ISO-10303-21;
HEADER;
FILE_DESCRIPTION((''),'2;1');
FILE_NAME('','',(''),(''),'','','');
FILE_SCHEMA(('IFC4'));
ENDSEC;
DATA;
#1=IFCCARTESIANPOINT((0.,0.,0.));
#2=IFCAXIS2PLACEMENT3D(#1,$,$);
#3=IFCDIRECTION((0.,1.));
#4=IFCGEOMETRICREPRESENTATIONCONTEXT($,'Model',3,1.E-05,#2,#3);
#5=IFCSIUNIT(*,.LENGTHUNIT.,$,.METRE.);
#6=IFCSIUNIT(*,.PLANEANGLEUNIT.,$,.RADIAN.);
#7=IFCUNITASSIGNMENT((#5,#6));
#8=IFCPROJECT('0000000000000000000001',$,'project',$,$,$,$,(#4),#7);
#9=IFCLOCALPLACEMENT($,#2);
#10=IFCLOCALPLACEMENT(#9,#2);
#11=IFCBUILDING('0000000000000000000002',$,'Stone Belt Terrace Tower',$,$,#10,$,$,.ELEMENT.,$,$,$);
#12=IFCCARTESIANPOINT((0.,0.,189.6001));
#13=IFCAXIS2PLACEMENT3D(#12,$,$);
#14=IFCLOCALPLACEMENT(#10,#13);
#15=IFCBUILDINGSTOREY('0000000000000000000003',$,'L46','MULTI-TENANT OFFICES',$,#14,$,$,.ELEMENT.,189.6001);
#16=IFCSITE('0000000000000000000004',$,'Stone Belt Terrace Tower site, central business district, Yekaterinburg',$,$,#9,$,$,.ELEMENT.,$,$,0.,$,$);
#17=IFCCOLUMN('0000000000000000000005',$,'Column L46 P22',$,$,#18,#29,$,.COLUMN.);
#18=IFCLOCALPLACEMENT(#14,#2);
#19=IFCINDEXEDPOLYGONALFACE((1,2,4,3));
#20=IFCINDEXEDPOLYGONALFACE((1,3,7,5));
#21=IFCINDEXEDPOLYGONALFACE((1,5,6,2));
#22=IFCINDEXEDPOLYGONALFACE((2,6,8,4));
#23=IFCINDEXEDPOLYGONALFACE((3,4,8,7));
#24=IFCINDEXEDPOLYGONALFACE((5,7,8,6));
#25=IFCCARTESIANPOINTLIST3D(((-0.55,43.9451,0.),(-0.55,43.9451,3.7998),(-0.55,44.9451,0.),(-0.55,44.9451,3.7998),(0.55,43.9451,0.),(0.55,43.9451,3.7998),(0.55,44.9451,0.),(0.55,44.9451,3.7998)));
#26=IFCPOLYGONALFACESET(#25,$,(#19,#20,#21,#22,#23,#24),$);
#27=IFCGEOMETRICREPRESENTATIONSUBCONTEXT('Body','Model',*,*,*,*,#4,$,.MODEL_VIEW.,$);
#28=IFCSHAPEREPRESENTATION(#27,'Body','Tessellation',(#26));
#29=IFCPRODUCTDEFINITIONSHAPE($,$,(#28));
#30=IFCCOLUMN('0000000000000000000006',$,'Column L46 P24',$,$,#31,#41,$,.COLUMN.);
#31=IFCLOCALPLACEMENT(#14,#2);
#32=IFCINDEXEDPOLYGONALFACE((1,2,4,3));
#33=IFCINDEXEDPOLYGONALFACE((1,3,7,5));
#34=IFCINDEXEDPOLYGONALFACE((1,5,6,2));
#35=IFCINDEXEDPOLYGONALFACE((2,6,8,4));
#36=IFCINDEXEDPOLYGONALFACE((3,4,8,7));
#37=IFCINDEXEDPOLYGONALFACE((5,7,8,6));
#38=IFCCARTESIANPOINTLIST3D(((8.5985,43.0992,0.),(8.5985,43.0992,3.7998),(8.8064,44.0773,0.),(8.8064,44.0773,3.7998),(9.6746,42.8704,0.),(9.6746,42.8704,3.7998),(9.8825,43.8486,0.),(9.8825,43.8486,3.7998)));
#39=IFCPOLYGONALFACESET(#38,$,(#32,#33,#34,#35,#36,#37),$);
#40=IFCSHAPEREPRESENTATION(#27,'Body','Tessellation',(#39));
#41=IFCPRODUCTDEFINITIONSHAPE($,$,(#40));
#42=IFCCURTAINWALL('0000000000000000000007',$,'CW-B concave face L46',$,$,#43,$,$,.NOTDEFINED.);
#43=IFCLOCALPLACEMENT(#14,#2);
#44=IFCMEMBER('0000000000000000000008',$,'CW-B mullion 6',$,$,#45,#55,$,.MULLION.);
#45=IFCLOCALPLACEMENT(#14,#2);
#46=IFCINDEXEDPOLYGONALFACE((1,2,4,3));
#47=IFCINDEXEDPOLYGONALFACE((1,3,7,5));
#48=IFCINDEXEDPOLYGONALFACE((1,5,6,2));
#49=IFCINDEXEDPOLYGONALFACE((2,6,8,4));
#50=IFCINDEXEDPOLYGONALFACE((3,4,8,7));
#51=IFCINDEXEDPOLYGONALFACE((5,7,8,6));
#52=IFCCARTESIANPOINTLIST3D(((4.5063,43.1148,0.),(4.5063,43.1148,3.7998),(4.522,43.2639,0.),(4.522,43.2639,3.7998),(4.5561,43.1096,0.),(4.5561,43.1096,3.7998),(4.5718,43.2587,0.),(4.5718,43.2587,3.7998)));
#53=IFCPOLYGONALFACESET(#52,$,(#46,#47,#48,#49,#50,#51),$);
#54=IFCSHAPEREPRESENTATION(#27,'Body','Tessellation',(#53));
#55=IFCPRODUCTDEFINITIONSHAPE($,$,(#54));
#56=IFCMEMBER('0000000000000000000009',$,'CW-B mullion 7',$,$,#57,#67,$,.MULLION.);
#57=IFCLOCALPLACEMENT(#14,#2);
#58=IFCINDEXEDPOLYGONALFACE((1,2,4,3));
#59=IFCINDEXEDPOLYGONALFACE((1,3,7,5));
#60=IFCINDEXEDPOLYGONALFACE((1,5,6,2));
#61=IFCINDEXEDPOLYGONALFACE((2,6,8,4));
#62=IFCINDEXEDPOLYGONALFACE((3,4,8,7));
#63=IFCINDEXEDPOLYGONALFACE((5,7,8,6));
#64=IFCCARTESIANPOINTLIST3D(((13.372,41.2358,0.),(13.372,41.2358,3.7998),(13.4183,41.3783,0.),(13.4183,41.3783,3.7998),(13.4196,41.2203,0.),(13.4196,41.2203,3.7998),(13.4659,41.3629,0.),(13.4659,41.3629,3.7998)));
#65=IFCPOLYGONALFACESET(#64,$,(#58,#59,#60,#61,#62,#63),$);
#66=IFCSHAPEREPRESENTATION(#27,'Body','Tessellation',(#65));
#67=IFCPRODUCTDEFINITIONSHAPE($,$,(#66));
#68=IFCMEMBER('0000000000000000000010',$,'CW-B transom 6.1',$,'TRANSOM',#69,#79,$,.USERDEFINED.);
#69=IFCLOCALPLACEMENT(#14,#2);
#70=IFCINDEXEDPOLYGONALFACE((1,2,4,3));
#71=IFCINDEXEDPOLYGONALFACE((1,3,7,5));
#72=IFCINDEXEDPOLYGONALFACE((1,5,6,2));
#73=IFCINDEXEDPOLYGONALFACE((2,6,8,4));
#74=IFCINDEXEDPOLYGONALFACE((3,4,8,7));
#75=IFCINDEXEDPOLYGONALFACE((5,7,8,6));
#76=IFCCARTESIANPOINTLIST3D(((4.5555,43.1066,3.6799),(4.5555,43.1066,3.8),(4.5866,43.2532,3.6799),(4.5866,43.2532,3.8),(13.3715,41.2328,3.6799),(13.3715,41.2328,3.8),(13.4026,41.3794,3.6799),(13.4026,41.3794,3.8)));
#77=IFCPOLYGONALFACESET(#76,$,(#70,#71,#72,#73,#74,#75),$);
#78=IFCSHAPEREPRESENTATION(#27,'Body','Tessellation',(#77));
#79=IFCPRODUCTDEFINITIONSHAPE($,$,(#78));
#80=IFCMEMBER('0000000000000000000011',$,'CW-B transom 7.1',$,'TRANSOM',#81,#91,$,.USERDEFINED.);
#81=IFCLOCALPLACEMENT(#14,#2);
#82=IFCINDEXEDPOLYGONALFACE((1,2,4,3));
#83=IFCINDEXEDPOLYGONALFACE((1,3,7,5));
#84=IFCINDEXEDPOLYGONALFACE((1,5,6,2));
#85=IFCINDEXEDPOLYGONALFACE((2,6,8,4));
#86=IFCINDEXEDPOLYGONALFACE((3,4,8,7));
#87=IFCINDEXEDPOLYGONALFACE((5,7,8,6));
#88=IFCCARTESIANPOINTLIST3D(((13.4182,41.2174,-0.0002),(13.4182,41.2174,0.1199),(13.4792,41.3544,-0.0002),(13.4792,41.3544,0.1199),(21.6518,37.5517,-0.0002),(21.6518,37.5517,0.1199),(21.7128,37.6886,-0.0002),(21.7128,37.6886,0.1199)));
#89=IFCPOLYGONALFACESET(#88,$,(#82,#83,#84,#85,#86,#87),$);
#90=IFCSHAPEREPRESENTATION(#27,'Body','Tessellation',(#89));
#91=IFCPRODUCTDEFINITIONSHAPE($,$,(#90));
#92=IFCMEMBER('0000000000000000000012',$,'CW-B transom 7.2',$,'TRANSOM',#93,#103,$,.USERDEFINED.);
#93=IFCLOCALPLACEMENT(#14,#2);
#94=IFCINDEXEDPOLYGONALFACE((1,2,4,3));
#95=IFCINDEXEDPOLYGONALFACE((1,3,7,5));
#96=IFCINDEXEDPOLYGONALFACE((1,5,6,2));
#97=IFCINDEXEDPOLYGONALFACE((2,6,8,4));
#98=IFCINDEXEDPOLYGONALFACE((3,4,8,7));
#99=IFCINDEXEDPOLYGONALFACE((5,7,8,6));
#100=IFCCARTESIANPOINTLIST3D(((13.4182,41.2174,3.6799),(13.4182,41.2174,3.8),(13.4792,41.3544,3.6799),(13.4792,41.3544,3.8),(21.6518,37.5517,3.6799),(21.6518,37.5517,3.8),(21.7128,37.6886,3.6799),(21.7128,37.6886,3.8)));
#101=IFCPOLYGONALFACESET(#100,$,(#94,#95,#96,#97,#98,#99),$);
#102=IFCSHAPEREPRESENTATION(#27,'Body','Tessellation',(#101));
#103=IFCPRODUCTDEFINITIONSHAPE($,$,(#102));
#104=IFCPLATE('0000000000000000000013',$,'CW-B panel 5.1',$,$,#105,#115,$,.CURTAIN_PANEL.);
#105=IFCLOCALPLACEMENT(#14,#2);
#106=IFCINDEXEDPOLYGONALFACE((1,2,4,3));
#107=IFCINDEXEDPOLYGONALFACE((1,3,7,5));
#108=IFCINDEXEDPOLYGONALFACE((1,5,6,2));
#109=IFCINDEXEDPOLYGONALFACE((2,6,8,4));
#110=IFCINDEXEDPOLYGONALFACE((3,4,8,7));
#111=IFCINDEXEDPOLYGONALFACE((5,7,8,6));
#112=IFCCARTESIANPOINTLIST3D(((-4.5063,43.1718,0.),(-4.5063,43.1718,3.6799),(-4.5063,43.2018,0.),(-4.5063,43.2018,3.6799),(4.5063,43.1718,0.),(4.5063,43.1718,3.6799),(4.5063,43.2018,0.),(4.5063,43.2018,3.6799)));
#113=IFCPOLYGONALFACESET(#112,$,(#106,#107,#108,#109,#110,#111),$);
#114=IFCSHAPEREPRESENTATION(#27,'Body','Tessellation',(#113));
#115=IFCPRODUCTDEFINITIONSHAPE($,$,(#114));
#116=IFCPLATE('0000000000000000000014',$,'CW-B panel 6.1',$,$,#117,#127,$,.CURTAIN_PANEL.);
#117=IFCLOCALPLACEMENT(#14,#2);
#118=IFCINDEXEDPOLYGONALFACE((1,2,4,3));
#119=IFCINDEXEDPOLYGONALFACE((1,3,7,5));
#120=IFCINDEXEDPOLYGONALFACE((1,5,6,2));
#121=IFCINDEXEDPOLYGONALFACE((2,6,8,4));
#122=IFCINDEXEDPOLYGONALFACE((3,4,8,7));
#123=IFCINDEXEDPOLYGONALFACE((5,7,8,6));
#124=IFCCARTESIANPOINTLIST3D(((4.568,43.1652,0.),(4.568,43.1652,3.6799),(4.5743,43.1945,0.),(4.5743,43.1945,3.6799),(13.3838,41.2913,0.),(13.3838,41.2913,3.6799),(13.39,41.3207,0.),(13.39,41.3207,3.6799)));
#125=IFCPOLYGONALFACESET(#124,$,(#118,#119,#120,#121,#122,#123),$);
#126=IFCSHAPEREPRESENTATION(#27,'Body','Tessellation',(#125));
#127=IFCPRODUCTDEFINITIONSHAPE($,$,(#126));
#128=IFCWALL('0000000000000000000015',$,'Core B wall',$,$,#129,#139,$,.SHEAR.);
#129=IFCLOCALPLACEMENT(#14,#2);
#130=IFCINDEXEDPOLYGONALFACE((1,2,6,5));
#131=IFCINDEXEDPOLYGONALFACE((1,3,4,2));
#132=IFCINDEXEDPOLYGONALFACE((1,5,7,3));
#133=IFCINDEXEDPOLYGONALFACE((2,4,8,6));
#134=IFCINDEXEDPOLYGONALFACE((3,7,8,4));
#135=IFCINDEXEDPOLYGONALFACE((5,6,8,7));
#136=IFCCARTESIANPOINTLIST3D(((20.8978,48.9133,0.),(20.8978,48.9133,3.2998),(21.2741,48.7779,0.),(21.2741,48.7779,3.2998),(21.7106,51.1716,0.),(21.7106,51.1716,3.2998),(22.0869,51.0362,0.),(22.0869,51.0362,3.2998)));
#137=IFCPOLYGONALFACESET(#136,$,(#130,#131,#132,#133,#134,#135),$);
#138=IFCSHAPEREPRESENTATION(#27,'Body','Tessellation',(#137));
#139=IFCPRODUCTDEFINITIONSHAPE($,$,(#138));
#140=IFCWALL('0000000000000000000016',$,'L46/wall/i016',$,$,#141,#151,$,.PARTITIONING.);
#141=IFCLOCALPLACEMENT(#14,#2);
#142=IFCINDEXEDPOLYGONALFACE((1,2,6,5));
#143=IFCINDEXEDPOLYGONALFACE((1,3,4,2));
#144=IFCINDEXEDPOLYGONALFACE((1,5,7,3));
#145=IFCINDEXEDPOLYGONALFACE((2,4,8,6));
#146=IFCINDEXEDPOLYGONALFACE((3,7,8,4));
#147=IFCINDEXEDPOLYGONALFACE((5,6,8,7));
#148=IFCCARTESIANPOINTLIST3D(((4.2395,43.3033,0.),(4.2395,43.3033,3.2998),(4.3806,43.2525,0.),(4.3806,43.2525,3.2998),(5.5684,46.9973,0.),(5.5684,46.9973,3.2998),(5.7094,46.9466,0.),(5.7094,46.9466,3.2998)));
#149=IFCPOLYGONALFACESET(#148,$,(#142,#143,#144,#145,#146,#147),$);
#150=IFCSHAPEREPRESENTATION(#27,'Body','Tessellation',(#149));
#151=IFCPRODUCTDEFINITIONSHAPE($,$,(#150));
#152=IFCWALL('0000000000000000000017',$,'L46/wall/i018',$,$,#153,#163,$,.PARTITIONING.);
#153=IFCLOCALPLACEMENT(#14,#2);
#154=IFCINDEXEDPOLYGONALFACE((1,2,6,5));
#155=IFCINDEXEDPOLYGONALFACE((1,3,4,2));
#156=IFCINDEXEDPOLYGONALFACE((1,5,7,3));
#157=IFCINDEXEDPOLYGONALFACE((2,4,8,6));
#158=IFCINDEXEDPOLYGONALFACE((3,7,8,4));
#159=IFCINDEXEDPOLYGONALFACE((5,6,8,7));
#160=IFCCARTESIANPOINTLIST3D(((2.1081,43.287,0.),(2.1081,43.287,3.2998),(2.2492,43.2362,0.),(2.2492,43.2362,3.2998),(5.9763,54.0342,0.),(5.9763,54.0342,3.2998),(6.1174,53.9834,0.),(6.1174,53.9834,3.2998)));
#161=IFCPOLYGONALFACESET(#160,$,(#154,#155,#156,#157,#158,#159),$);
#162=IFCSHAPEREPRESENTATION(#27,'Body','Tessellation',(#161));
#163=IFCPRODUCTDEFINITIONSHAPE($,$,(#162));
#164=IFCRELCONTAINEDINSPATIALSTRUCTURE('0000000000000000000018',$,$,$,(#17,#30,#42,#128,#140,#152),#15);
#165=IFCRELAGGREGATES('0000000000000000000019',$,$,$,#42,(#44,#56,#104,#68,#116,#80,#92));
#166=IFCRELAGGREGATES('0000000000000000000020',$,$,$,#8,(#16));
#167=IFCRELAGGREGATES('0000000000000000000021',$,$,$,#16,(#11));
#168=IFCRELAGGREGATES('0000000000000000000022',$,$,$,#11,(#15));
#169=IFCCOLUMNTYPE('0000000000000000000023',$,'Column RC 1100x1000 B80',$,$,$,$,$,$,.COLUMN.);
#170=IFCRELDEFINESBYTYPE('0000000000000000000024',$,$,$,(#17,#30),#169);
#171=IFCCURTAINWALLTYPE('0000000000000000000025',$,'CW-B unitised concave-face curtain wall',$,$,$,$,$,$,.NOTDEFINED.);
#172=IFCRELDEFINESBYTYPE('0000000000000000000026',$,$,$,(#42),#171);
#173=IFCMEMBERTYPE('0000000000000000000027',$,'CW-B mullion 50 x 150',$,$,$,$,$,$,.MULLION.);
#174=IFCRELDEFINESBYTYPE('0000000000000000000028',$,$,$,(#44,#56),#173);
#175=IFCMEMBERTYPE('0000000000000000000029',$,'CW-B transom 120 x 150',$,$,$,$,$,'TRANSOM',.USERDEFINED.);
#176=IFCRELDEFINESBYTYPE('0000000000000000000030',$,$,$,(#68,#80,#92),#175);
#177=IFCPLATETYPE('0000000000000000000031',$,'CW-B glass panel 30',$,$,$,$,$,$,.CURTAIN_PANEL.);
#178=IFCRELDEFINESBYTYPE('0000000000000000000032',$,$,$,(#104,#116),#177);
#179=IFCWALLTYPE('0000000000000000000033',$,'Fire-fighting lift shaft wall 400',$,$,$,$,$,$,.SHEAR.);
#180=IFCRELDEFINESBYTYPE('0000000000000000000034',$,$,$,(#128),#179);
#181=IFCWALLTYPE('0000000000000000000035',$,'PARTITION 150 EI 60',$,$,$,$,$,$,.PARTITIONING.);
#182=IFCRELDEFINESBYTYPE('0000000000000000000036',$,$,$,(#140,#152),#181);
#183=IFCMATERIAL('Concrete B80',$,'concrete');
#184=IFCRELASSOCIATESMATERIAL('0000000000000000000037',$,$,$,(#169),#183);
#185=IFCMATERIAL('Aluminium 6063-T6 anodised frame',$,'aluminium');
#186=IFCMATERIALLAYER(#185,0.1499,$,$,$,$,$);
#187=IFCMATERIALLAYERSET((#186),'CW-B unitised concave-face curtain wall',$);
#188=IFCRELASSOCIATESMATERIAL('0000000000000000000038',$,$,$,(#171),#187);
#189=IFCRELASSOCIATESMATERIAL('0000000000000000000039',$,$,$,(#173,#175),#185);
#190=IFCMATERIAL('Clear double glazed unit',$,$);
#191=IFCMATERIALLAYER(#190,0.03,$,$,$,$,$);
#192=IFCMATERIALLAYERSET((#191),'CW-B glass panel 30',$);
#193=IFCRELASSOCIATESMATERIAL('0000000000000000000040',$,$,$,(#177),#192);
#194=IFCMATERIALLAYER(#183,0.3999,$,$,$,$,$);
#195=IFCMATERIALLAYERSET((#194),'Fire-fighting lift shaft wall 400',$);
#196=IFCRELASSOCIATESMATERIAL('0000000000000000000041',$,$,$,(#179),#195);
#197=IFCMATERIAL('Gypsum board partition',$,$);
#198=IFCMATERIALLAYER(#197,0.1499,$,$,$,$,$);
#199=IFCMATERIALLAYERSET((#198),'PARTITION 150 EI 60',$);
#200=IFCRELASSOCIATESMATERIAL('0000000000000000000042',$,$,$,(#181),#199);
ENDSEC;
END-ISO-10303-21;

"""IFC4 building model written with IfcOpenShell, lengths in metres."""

from ifc_helpers import new_model, si_unit, direction, frame, frame_2d, origin, origin_2d, place, context, subcontext, project, spatial, rectangle, extrude, material, layer, layer_set, material_profile, profile_set, type_object, element, aggregate, save


model = new_model("IFC4")

# Units and contexts
model_context = context("Model", 3, precision=1e-05, world=origin(), true_north=direction((0.0, 1.0)))
body_context = subcontext(model_context, "Body", "Model", "MODEL_VIEW")
ifc_project = project(units=[si_unit("LENGTHUNIT", "METRE"), si_unit("PLANEANGLEUNIT", "RADIAN")], contexts=[model_context])

# Site, building, storey
site_placement = place(None, origin())
site = spatial("IfcSite", under=ifc_project, at=site_placement, Name="Stone Belt Terrace Tower site, central business district, Yekaterinburg", CompositionType="ELEMENT", RefElevation=0.0)
building_placement = place(site_placement, origin())
building = spatial("IfcBuilding", under=site, at=building_placement, Name="Stone Belt Terrace Tower", CompositionType="ELEMENT")
storey_placement = place(building_placement, frame((0.0, 0.0, 189.6001)))
storey = spatial("IfcBuildingStorey", under=building, at=storey_placement, Name="L46", Description="MULTI-TENANT OFFICES", CompositionType="ELEMENT", Elevation=189.6001)

# Columns
ifc_material_1 = material(Name="Concrete B80", Category="concrete")
ifc_material_profile_1 = material_profile(ifc_material_1, rectangle(XDim=1.1001, YDim=1.0, at=origin_2d()), Name="RC 1100x1000")
ifc_profile_set_1 = profile_set([ifc_material_profile_1], Name="Concrete B80")
column_type = type_object("IfcColumnType", Name="Column RC 1100x1000 B80", PredefinedType="COLUMN", material=ifc_profile_set_1)
for number, where, z_axis, x_axis, name in (
    (1, (0.0, 44.4451, 0.0), (0.0, 0.0, 1.0), (1.0, 0.0, 0.0), "Column L46 P22"),
    (2, (9.2405, 43.4739, 0.0), (0.0, 0.0, 1.0), (0.978148, -0.207912, 0.0), "Column L46 P24"),
):
    element("IfcColumn", number, at=place(storey_placement, frame(where, z_axis=z_axis, x_axis=x_axis)), inside=storey, type_object=column_type, Name=name, PredefinedType="COLUMN", context=body_context, shape_type="SweptSolid", body=[
        extrude(rectangle(XDim=1.1001, YDim=1.0, at=origin_2d()), origin(), (0.0, 0.0, 1.0), 3.7998),
    ])

# Curtain wall, members, plates
ifc_material_2 = material(Name="Aluminium 6063-T6 anodised frame", Category="aluminium")
ifc_layer_1 = layer(ifc_material_2, 0.1499)
ifc_layer_set_1 = layer_set([ifc_layer_1], Name="CW-B unitised concave-face curtain wall")
curtain_wall_type = type_object("IfcCurtainWallType", Name="CW-B unitised concave-face curtain wall", PredefinedType="NOTDEFINED", material=ifc_layer_set_1)
curtain_wall_placement = place(storey_placement, origin())
curtain_wall = element("IfcCurtainWall", 3, at=curtain_wall_placement, inside=storey, type_object=curtain_wall_type, Name="CW-B concave face L46", PredefinedType="NOTDEFINED")
ifc_material_profile_2 = material_profile(ifc_material_2, rectangle(XDim=0.1499, YDim=0.05, at=origin_2d()), Name="Aluminium 6063-T6 50x150")
ifc_profile_set_2 = profile_set([ifc_material_profile_2], Name="Aluminium 6063-T6 anodised frame")
member_type_1 = type_object("IfcMemberType", Name="CW-B mullion 50 x 150", PredefinedType="MULLION", material=ifc_profile_set_2)
member_1_placement = place(storey_placement, frame((4.5391, 43.1868, 0.0), z_axis=(0.0, 0.0, 1.0), x_axis=(0.104528, 0.994522, 0.0)))
member_1 = element("IfcMember", 4, at=member_1_placement, type_object=member_type_1, Name="CW-B mullion 6", PredefinedType="MULLION", context=body_context, shape_type="SweptSolid", body=[
    extrude(rectangle(XDim=0.1499, YDim=0.05, at=origin_2d()), origin(), (0.0, 0.0, 1.0), 3.7998),
])
member_2_placement = place(storey_placement, frame((13.4189, 41.2993, 0.0), z_axis=(0.0, 0.0, 1.0), x_axis=(0.309017, 0.951057, 0.0)))
member_2 = element("IfcMember", 5, at=member_2_placement, type_object=member_type_1, Name="CW-B mullion 7", PredefinedType="MULLION", context=body_context, shape_type="SweptSolid", body=[
    extrude(rectangle(XDim=0.1499, YDim=0.05, at=origin_2d()), origin(), (0.0, 0.0, 1.0), 3.7998),
])
ifc_material_profile_3 = material_profile(ifc_material_2, rectangle(XDim=0.1499, YDim=0.1201, at=origin_2d()), Name="Aluminium 6063-T6 150x120")
ifc_profile_set_3 = profile_set([ifc_material_profile_3], Name="Aluminium 6063-T6 anodised frame")
member_type_2 = type_object("IfcMemberType", Name="CW-B transom 120 x 150", ElementType="TRANSOM", PredefinedType="USERDEFINED", material=ifc_profile_set_3)
member_3_placement = place(storey_placement, frame((4.571, 43.1799, 3.74), z_axis=(0.97815, -0.207901, 0.0), x_axis=(0.207901, 0.97815, 0.0)))
member_3 = element("IfcMember", 6, at=member_3_placement, type_object=member_type_2, Name="CW-B transom 6.1", ObjectType="TRANSOM", PredefinedType="USERDEFINED", context=body_context, shape_type="SweptSolid", body=[
    extrude(rectangle(XDim=0.1499, YDim=0.1201, at=origin_2d()), origin(), (0.0, 0.0, 1.0), 9.0129),
])
member_4_placement = place(storey_placement, frame((13.4487, 41.2859, 0.0598), z_axis=(0.913549, -0.406729, 0.0), x_axis=(0.406729, 0.913549, 0.0)))
member_4 = element("IfcMember", 7, at=member_4_placement, type_object=member_type_2, Name="CW-B transom 7.1", ObjectType="TRANSOM", PredefinedType="USERDEFINED", context=body_context, shape_type="SweptSolid", body=[
    extrude(rectangle(XDim=0.1499, YDim=0.1201, at=origin_2d()), origin(), (0.0, 0.0, 1.0), 9.0127),
])
member_5_placement = place(storey_placement, frame((13.4487, 41.2859, 3.74), z_axis=(0.913549, -0.406729, 0.0), x_axis=(0.406729, 0.913549, 0.0)))
member_5 = element("IfcMember", 8, at=member_5_placement, type_object=member_type_2, Name="CW-B transom 7.2", ObjectType="TRANSOM", PredefinedType="USERDEFINED", context=body_context, shape_type="SweptSolid", body=[
    extrude(rectangle(XDim=0.1499, YDim=0.1201, at=origin_2d()), origin(), (0.0, 0.0, 1.0), 9.0127),
])
ifc_material_3 = material(Name="Clear double glazed unit")
ifc_layer_2 = layer(ifc_material_3, 0.03)
ifc_layer_set_2 = layer_set([ifc_layer_2], Name="CW-B glass panel 30")
plate_type = type_object("IfcPlateType", Name="CW-B glass panel 30", PredefinedType="CURTAIN_PANEL", material=ifc_layer_set_2)
plate_1_placement = place(storey_placement, frame((0.0, 43.1868, 0.0), z_axis=(0.0, 0.0, 1.0), x_axis=(1.0, 0.0, 0.0)))
plate_1 = element("IfcPlate", 9, at=plate_1_placement, type_object=plate_type, Name="CW-B panel 5.1", PredefinedType="CURTAIN_PANEL", context=body_context, shape_type="SweptSolid", body=[
    extrude(rectangle(XDim=9.0127, YDim=0.03, at=origin_2d()), origin(), (0.0, 0.0, 1.0), 3.6799),
])
plate_2_placement = place(storey_placement, frame((8.979, 42.2429, 0.0), z_axis=(0.0, 0.0, 1.0), x_axis=(0.978148, -0.207912, 0.0)))
plate_2 = element("IfcPlate", 10, at=plate_2_placement, type_object=plate_type, Name="CW-B panel 6.1", PredefinedType="CURTAIN_PANEL", context=body_context, shape_type="SweptSolid", body=[
    extrude(rectangle(XDim=9.0127, YDim=0.03, at=origin_2d()), origin(), (0.0, 0.0, 1.0), 3.6799),
])
aggregate(curtain_wall, [member_1, member_2, plate_1, member_3, plate_2, member_4, member_5])

# Walls
ifc_layer_3 = layer(ifc_material_1, 0.3999)
ifc_layer_set_3 = layer_set([ifc_layer_3], Name="Fire-fighting lift shaft wall 400")
wall_type_1 = type_object("IfcWallType", Name="Fire-fighting lift shaft wall 400", PredefinedType="SHEAR", material=ifc_layer_set_3)
wall_1_placement = place(storey_placement, frame((21.0859, 48.8455, 0.0), z_axis=(0.0, 0.0, 1.0), x_axis=(0.338629, 0.94092, 0.0)))
element("IfcWall", 11, at=wall_1_placement, inside=storey, type_object=wall_type_1, Name="Core B wall", PredefinedType="SHEAR", context=body_context, shape_type="SweptSolid", body=[
    extrude(rectangle(XDim=2.4001, YDim=0.3999, at=frame_2d((1.2002, 0.0))), origin(), (0.0, 0.0, 1.0), 3.2998),
])
ifc_material_4 = material(Name="Gypsum board partition")
ifc_layer_4 = layer(ifc_material_4, 0.1499)
ifc_layer_set_4 = layer_set([ifc_layer_4], Name="PARTITION 150 EI 60")
wall_type_2 = type_object("IfcWallType", Name="PARTITION 150 EI 60", PredefinedType="PARTITIONING", material=ifc_layer_set_4)
wall_2_placement = place(storey_placement, frame((5.6389, 46.9719, 0.0), z_axis=(0.0, 0.0, 1.0), x_axis=(-0.33849, -0.94097, 0.0)))
element("IfcWall", 12, at=wall_2_placement, inside=storey, type_object=wall_type_2, Name="L46/wall/i016", PredefinedType="PARTITIONING", context=body_context, shape_type="SweptSolid", body=[
    extrude(rectangle(XDim=3.9258, YDim=0.1499, at=frame_2d((1.9629, 0.0))), origin(), (0.0, 0.0, 1.0), 3.2998),
])
wall_3_placement = place(storey_placement, frame((2.1787, 43.2617, 0.0), z_axis=(0.0, 0.0, 1.0), x_axis=(0.338659, 0.940909, 0.0)))
element("IfcWall", 13, at=wall_3_placement, inside=storey, type_object=wall_type_2, Name="L46/wall/i018", PredefinedType="PARTITIONING", context=body_context, shape_type="SweptSolid", body=[
    extrude(rectangle(XDim=11.4221, YDim=0.1499, at=frame_2d((5.7109, 0.0))), origin(), (0.0, 0.0, 1.0), 3.2998),
])

save(model, "model.ifc")
